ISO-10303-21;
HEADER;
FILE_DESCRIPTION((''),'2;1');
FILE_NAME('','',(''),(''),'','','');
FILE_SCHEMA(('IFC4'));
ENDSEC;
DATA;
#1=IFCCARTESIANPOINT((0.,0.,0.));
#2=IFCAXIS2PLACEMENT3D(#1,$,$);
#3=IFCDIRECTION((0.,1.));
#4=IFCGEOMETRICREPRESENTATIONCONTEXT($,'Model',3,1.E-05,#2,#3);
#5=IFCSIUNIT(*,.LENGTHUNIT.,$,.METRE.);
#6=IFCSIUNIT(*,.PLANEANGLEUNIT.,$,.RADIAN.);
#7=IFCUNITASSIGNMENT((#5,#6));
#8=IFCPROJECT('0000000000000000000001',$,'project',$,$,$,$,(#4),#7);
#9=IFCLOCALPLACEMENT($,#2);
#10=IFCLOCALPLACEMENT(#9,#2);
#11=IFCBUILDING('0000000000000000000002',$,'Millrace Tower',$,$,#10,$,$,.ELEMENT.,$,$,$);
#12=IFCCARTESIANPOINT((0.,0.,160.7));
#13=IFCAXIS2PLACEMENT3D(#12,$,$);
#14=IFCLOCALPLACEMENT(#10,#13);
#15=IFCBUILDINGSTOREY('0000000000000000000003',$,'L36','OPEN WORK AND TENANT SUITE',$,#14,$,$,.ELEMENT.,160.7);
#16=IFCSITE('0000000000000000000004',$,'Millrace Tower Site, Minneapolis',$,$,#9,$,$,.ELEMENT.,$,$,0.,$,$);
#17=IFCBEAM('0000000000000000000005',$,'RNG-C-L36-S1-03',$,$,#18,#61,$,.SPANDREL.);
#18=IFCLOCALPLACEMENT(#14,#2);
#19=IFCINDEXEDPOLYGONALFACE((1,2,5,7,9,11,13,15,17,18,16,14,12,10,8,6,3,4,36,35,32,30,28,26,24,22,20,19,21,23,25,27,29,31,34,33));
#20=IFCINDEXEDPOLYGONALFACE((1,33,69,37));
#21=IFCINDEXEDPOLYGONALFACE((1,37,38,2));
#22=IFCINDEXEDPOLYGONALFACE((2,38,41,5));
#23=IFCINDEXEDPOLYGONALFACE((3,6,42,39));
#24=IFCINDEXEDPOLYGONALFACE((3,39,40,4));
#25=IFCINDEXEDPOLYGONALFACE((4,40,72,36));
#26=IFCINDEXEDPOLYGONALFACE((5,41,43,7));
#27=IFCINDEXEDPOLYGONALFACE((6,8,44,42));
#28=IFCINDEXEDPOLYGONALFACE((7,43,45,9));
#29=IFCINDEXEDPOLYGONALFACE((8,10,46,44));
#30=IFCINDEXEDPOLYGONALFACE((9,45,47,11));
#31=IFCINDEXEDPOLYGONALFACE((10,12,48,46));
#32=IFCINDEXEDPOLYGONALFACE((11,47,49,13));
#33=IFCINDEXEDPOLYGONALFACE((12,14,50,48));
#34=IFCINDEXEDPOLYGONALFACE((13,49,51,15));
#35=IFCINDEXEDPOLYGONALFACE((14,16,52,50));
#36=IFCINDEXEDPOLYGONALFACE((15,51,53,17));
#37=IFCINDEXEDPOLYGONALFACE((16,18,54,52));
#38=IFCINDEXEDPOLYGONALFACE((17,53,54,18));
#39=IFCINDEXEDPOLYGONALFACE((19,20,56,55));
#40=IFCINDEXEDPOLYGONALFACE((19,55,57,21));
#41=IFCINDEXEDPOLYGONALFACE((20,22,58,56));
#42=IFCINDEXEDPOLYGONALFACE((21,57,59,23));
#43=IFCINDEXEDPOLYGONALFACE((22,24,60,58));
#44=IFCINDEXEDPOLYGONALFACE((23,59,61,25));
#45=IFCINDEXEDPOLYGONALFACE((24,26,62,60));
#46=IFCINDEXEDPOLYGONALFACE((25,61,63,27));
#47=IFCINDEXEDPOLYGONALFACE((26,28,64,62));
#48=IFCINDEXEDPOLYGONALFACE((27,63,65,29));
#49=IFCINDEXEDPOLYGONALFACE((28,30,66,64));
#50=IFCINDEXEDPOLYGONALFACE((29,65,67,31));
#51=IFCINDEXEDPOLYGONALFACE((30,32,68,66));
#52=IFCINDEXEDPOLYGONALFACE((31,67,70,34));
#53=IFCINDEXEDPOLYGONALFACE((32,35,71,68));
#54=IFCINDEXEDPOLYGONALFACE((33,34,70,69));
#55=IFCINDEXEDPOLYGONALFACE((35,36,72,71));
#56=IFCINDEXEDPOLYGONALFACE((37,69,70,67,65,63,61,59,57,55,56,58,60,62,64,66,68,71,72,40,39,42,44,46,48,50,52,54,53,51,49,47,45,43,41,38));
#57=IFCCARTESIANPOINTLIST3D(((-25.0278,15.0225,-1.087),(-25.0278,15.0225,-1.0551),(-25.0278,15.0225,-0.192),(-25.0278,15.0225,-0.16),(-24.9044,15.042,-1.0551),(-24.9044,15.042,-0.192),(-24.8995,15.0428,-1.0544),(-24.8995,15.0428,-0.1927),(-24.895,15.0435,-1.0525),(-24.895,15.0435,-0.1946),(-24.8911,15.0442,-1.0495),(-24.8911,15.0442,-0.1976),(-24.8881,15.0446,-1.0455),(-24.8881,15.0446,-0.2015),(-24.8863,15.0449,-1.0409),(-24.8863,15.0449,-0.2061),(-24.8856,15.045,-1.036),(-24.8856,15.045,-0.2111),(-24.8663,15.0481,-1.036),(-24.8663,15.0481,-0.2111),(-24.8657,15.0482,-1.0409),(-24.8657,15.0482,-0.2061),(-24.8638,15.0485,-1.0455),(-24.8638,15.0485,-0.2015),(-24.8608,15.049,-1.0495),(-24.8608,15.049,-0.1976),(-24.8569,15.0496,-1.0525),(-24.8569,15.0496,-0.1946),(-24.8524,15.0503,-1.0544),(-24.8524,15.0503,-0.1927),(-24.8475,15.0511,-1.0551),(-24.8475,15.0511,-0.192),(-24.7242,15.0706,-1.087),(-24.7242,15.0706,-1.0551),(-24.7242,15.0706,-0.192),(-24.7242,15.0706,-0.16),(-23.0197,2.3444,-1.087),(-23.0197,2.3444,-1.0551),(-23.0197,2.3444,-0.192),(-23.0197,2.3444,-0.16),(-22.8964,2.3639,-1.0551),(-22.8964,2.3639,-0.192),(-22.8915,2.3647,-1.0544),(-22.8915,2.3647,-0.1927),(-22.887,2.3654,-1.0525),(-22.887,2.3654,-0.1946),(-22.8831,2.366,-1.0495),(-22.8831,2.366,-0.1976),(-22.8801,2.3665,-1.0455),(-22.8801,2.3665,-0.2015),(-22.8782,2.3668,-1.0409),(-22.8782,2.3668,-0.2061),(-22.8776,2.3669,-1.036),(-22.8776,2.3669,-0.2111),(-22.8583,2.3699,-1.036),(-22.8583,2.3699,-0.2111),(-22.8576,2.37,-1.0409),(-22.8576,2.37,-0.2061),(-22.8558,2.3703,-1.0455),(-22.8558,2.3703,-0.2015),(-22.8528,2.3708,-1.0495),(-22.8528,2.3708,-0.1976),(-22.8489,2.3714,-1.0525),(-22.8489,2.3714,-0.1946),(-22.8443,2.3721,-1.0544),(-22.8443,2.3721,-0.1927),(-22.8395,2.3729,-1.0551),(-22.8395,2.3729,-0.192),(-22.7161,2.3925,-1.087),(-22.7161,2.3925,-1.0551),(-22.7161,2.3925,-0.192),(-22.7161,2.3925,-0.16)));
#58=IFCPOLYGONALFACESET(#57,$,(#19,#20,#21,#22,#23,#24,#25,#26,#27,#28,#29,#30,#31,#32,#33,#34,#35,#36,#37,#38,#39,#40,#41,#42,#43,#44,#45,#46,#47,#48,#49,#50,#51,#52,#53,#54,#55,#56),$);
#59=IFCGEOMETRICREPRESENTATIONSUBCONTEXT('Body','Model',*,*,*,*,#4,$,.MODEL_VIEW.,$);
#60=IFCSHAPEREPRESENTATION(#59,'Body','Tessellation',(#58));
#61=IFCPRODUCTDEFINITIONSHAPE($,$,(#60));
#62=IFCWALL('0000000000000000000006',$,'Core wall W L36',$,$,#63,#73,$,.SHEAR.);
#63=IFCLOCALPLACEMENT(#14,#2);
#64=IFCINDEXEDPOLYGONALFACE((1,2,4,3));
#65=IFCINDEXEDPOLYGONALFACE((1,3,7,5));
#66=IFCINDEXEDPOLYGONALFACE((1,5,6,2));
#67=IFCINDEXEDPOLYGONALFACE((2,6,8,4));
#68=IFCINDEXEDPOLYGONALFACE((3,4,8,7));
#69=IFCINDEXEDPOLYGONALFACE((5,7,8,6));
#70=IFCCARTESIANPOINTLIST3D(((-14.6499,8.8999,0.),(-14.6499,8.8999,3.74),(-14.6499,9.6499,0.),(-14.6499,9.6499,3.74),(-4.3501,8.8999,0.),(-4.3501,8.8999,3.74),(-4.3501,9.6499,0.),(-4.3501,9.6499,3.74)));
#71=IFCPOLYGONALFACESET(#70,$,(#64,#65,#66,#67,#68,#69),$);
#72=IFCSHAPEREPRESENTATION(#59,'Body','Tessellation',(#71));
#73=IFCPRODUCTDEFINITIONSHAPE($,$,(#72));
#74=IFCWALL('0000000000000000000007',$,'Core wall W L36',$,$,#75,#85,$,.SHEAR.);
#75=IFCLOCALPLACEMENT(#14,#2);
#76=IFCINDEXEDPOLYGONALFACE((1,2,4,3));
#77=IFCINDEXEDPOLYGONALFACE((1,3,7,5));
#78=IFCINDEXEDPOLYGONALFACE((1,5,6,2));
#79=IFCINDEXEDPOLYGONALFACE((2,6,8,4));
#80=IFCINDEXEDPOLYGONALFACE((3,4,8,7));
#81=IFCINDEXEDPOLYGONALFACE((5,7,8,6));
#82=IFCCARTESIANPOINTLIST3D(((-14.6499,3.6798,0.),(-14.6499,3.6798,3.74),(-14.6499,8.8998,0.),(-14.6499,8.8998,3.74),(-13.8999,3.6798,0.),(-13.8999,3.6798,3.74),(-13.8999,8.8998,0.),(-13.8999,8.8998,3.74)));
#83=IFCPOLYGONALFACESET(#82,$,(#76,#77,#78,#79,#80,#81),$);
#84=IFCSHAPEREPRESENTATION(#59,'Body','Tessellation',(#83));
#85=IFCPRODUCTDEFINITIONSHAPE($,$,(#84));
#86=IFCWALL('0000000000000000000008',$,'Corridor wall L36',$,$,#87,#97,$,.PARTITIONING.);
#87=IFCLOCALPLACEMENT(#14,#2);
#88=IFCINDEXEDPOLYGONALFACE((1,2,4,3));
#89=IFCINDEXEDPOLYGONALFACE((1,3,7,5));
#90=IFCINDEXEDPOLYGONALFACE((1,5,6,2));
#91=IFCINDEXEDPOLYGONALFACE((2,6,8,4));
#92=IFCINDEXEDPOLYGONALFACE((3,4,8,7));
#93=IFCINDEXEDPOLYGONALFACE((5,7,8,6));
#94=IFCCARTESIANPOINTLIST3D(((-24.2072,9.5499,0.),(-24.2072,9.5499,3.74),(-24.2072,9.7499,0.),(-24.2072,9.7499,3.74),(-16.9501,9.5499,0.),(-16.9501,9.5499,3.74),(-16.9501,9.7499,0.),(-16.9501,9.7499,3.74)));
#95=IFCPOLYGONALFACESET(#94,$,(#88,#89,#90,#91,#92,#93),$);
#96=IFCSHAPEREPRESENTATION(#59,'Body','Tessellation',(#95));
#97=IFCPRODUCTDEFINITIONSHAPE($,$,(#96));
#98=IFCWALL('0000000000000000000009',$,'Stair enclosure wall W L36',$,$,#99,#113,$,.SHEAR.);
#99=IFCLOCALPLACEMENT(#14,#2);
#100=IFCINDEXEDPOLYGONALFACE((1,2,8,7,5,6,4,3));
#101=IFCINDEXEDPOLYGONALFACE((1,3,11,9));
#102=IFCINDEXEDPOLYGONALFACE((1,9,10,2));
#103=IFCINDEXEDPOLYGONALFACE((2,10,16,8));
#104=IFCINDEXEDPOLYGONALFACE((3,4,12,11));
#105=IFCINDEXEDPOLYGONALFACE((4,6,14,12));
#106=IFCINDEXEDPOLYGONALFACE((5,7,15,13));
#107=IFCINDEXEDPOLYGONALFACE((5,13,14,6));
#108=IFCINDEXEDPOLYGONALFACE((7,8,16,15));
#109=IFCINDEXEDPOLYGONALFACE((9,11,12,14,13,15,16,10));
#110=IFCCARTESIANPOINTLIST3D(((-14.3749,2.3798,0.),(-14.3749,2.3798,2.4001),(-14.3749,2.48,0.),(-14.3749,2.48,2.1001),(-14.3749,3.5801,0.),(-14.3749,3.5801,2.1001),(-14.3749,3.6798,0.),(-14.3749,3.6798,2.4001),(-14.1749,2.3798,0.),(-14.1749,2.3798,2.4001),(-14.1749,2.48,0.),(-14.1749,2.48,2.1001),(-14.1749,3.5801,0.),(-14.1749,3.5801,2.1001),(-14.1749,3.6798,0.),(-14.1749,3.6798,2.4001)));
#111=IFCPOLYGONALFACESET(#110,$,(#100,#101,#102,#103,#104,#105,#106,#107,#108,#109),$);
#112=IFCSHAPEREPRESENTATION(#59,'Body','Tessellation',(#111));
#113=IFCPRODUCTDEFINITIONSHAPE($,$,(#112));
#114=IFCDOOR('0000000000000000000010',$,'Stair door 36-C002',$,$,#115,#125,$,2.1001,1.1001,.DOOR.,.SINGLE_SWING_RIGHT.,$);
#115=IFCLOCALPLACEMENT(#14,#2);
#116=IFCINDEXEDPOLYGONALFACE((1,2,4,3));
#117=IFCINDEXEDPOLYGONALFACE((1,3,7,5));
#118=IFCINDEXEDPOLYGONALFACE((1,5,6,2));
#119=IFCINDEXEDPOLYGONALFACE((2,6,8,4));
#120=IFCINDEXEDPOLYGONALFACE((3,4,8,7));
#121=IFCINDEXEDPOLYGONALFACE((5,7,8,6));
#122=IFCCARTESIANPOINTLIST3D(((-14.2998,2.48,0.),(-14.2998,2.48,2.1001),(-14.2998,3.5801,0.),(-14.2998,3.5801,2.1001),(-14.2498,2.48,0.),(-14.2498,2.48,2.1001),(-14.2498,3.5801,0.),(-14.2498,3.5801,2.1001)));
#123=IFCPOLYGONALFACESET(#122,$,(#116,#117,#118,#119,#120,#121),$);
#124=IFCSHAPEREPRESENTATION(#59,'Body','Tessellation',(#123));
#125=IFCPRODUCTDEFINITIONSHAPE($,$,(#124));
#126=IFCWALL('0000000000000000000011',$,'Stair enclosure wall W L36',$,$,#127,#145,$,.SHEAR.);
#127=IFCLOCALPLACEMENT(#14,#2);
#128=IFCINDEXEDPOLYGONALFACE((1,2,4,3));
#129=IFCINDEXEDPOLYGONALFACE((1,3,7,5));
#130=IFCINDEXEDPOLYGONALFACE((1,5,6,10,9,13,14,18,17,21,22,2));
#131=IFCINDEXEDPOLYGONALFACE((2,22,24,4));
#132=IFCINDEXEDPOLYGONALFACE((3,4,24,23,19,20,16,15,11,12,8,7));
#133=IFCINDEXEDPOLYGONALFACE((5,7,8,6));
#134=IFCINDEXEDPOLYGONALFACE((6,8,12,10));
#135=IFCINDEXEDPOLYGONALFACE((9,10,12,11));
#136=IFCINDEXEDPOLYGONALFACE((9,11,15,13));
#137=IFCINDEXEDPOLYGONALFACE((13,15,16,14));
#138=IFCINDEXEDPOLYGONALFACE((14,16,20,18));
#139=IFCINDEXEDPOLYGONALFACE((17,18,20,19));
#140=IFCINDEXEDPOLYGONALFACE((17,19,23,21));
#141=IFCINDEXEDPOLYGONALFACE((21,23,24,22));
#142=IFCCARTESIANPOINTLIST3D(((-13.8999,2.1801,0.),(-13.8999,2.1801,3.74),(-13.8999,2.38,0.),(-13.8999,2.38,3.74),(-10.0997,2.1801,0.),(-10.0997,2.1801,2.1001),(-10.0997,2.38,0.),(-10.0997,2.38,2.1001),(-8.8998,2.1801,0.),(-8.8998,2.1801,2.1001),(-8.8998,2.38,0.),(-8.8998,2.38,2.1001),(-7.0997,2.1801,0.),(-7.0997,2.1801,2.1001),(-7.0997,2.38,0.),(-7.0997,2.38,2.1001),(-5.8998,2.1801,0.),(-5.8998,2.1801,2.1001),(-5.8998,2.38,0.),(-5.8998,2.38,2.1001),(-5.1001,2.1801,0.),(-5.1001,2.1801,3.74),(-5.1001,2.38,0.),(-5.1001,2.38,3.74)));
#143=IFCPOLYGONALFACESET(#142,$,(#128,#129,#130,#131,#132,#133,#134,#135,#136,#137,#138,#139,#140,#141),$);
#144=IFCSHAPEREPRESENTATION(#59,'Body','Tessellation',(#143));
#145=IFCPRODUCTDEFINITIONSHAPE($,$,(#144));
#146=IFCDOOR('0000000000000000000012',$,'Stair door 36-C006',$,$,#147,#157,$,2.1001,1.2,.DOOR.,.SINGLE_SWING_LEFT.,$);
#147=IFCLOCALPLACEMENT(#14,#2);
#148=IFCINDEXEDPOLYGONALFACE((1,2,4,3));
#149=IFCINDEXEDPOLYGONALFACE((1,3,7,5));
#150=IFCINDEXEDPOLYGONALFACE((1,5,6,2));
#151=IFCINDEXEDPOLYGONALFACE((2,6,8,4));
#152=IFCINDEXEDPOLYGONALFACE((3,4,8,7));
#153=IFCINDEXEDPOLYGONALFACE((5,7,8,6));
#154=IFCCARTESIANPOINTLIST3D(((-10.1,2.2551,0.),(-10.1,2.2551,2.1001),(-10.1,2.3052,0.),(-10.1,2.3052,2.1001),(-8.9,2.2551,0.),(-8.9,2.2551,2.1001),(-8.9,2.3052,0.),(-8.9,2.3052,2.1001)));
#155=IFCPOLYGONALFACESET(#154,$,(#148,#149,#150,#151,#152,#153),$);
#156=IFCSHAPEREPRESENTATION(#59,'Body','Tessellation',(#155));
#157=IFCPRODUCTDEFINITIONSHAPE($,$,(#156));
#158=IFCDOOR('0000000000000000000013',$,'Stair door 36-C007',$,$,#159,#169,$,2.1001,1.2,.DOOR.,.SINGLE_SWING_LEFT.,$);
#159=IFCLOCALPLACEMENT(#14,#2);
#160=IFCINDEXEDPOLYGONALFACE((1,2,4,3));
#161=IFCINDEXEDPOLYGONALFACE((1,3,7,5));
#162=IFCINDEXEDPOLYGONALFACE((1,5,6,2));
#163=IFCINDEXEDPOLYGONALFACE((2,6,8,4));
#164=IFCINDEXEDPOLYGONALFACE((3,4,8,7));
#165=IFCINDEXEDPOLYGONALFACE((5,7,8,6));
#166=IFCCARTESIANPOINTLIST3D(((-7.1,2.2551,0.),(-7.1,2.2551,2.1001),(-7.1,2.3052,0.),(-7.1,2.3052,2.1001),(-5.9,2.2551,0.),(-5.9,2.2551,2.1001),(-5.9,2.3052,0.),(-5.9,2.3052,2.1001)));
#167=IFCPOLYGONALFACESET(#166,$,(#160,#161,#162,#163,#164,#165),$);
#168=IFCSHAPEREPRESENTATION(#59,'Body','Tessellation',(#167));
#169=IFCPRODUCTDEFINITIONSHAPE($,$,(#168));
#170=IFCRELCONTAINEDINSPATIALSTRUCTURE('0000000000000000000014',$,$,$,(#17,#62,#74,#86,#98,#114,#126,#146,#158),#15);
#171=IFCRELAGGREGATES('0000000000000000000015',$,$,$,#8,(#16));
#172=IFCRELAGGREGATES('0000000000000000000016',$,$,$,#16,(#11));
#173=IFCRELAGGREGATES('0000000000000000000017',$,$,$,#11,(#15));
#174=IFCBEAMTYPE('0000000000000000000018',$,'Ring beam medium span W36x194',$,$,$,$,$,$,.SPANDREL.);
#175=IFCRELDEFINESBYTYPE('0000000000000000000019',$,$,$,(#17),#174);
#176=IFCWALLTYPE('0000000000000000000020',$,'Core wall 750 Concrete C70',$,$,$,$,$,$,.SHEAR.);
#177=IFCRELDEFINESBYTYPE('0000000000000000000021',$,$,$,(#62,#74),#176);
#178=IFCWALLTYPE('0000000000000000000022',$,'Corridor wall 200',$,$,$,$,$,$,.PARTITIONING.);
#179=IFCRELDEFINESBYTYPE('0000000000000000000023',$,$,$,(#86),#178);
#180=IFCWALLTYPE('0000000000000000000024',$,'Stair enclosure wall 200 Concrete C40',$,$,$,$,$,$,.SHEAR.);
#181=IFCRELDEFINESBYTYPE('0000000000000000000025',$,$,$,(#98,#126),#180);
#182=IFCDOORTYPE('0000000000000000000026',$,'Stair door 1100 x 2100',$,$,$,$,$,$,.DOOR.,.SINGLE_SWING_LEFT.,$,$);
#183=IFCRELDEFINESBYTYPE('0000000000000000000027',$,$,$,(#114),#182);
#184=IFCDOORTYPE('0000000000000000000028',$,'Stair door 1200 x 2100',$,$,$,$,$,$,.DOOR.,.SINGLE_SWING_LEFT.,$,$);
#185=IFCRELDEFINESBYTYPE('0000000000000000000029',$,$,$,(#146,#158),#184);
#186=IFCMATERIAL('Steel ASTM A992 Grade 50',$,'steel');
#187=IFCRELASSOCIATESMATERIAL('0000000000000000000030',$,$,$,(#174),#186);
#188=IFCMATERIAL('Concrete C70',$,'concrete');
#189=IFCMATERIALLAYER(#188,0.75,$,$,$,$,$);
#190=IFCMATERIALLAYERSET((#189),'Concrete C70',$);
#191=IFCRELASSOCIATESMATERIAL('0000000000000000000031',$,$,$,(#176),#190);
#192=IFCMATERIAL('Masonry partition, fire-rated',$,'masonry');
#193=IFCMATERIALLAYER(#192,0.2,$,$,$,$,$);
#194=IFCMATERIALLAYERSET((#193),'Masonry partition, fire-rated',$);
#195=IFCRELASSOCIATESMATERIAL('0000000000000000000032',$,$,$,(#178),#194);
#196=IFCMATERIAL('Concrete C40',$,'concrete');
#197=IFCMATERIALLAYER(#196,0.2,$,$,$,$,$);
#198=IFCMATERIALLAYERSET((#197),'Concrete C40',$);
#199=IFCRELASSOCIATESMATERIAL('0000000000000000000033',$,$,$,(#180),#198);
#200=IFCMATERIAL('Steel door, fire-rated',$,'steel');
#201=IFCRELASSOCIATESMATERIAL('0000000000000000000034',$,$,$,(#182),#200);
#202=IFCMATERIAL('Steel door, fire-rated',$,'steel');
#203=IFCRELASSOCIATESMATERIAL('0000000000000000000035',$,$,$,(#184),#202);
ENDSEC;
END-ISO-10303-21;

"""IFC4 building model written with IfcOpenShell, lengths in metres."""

from ifc_helpers import new_model, si_unit, direction, frame, frame_2d, origin, origin_2d, place, context, subcontext, project, spatial, rectangle, i_section, extrude, material, layer, layer_set, material_profile, profile_set, type_object, element, fill, save


model = new_model("IFC4")

# Units and contexts
model_context = context("Model", 3, precision=1e-05, world=origin(), true_north=direction((0.0, 1.0)))
body_context = subcontext(model_context, "Body", "Model", "MODEL_VIEW")
ifc_project = project(units=[si_unit("LENGTHUNIT", "METRE"), si_unit("PLANEANGLEUNIT", "RADIAN")], contexts=[model_context])

# Site, building, storey
site_placement = place(None, origin())
site = spatial("IfcSite", under=ifc_project, at=site_placement, Name="Millrace Tower Site, Minneapolis", CompositionType="ELEMENT", RefElevation=0.0)
building_placement = place(site_placement, origin())
building = spatial("IfcBuilding", under=site, at=building_placement, Name="Millrace Tower", CompositionType="ELEMENT")
storey_placement = place(building_placement, frame((0.0, 0.0, 160.7)))
storey = spatial("IfcBuildingStorey", under=building, at=storey_placement, Name="L36", Description="OPEN WORK AND TENANT SUITE", CompositionType="ELEMENT", Elevation=160.7)

# Beam
ifc_material_1 = material(Name="Steel ASTM A992 Grade 50", Category="steel")
ifc_material_profile_1 = material_profile(ifc_material_1, i_section(OverallWidth=0.3074, OverallDepth=0.927, WebThickness=0.0195, FlangeThickness=0.032, FilletRadius=0.019, at=origin_2d()))
ifc_profile_set_1 = profile_set([ifc_material_profile_1], Name="Steel ASTM A992 Grade 50")
beam_type_1 = type_object("IfcBeamType", Name="Ring beam medium span W36x194", PredefinedType="SPANDREL", material=ifc_profile_set_1)
beam_1_placement = place(storey_placement, frame((-22.8679, 2.3684, -0.6235), z_axis=(-0.156436, 0.987688, 0.0), x_axis=(-0.987688, -0.156436, 0.0)))
element("IfcBeam", 1, at=beam_1_placement, inside=storey, type_object=beam_type_1, Name="RNG-C-L36-S1-03", PredefinedType="SPANDREL", context=body_context, shape_type="SweptSolid", body=[
    extrude(i_section(OverallWidth=0.3074, OverallDepth=0.927, WebThickness=0.0195, FlangeThickness=0.032, FilletRadius=0.019, at=origin_2d()), origin(), (0.0, 0.0, 1.0), 12.8362),
])

# Walls
ifc_material_2 = material(Name="Concrete C70", Category="concrete")
ifc_layer_1 = layer(ifc_material_2, 0.75)
ifc_layer_set_1 = layer_set([ifc_layer_1], Name="Concrete C70")
wall_type_1 = type_object("IfcWallType", Name="Core wall 750 Concrete C70", PredefinedType="SHEAR", material=ifc_layer_set_1)
wall_1_placement = place(storey_placement, frame((-14.6499, 9.2749, 0.0), z_axis=(0.0, 0.0, 1.0), x_axis=(1.0, 0.0, 0.0)))
element("IfcWall", 2, at=wall_1_placement, inside=storey, type_object=wall_type_1, Name="Core wall W L36", PredefinedType="SHEAR", context=body_context, shape_type="SweptSolid", body=[
    extrude(rectangle(XDim=10.2998, YDim=0.75, at=frame_2d((5.1499, 0.0))), origin(), (0.0, 0.0, 1.0), 3.74),
])
wall_2_placement = place(storey_placement, frame((-14.2749, 3.6799, 0.0), z_axis=(0.0, 0.0, 1.0), x_axis=(0.0, 1.0, 0.0)))
element("IfcWall", 3, at=wall_2_placement, inside=storey, type_object=wall_type_1, Name="Core wall W L36", PredefinedType="SHEAR", context=body_context, shape_type="SweptSolid", body=[
    extrude(rectangle(XDim=5.22, YDim=0.75, at=frame_2d((2.6099, 0.0))), origin(), (0.0, 0.0, 1.0), 3.74),
])
ifc_material_3 = material(Name="Masonry partition, fire-rated", Category="masonry")
ifc_layer_2 = layer(ifc_material_3, 0.2)
ifc_layer_set_2 = layer_set([ifc_layer_2], Name="Masonry partition, fire-rated")
wall_type_2 = type_object("IfcWallType", Name="Corridor wall 200", PredefinedType="PARTITIONING", material=ifc_layer_set_2)
wall_3_placement = place(storey_placement, frame((-24.207, 9.6499, 0.0), z_axis=(0.0, 0.0, 1.0), x_axis=(1.0, 0.0, 0.0)))
element("IfcWall", 4, at=wall_3_placement, inside=storey, type_object=wall_type_2, Name="Corridor wall L36", PredefinedType="PARTITIONING", context=body_context, shape_type="SweptSolid", body=[
    extrude(rectangle(XDim=7.2571, YDim=0.2, at=frame_2d((3.6284, 0.0))), origin(), (0.0, 0.0, 1.0), 3.74),
])

# Wall, opening, door
ifc_material_4 = material(Name="Concrete C40", Category="concrete")
ifc_layer_3 = layer(ifc_material_4, 0.2)
ifc_layer_set_3 = layer_set([ifc_layer_3], Name="Concrete C40")
wall_type_3 = type_object("IfcWallType", Name="Stair enclosure wall 200 Concrete C40", PredefinedType="SHEAR", material=ifc_layer_set_3)
wall_4_placement = place(storey_placement, frame((-14.2749, 2.3799, 0.0), z_axis=(0.0, 0.0, 1.0), x_axis=(0.0, 1.0, 0.0)))
wall_4 = element("IfcWall", 5, at=wall_4_placement, inside=storey, type_object=wall_type_3, Name="Stair enclosure wall W L36", PredefinedType="SHEAR", context=body_context, shape_type="SweptSolid", body=[
    extrude(rectangle(XDim=1.3, YDim=0.2, at=frame_2d((0.6499, 0.0))), origin(), (0.0, 0.0, 1.0), 2.4001),
])
opening_1_placement = place(wall_4_placement, frame((0.1001, 0.0, 0.0)))
opening_1 = element("IfcOpeningElement", 6, at=opening_1_placement, cuts=wall_4, PredefinedType="OPENING", context=body_context, shape_type="SweptSolid", body=[
    extrude(rectangle(XDim=1.1001, YDim=2.1001, at=frame_2d((0.55, 1.05))), frame((0.0, 0.1099, 0.0), z_axis=(0.0, -1.0, 0.0), x_axis=(1.0, 0.0, 0.0)), (0.0, 0.0, 1.0), 0.22),
])
ifc_material_5 = material(Name="Steel door, fire-rated", Category="steel")
door_type_1 = type_object("IfcDoorType", Name="Stair door 1100 x 2100", OperationType="SINGLE_SWING_LEFT", PredefinedType="DOOR", material=ifc_material_5)
door_1_placement = place(opening_1_placement, origin())
door_1 = element("IfcDoor", 7, at=door_1_placement, inside=storey, type_object=door_type_1, Name="Stair door 36-C002", OperationType="SINGLE_SWING_RIGHT", OverallHeight=2.1001, OverallWidth=1.1001, PredefinedType="DOOR", context=body_context, shape_type="SweptSolid", body=[
    extrude(rectangle(XDim=1.1001, YDim=2.1001, at=frame_2d((0.55, 1.05))), frame((0.0, 0.0249, 0.0), z_axis=(0.0, -1.0, 0.0), x_axis=(1.0, 0.0, 0.0)), (0.0, 0.0, 1.0), 0.05),
])
fill(opening_1, door_1)

# Wall, openings, doors
wall_5_placement = place(storey_placement, frame((-13.8999, 2.28, 0.0), z_axis=(0.0, 0.0, 1.0), x_axis=(1.0, 0.0, 0.0)))
wall_5 = element("IfcWall", 8, at=wall_5_placement, inside=storey, type_object=wall_type_3, Name="Stair enclosure wall W L36", PredefinedType="SHEAR", context=body_context, shape_type="SweptSolid", body=[
    extrude(rectangle(XDim=8.7998, YDim=0.2, at=frame_2d((4.3999, 0.0))), origin(), (0.0, 0.0, 1.0), 3.74),
])
opening_2_placement = place(wall_5_placement, frame((3.8, 0.0, 0.0)))
opening_2 = element("IfcOpeningElement", 9, at=opening_2_placement, cuts=wall_5, PredefinedType="OPENING", context=body_context, shape_type="SweptSolid", body=[
    extrude(rectangle(XDim=1.2, YDim=2.1001, at=frame_2d((0.6001, 1.05))), frame((0.0, 0.1099, 0.0), z_axis=(0.0, -1.0, 0.0), x_axis=(1.0, 0.0, 0.0)), (0.0, 0.0, 1.0), 0.22),
])
opening_3_placement = place(wall_5_placement, frame((6.8, 0.0, 0.0)))
opening_3 = element("IfcOpeningElement", 10, at=opening_3_placement, cuts=wall_5, PredefinedType="OPENING", context=body_context, shape_type="SweptSolid", body=[
    extrude(rectangle(XDim=1.2, YDim=2.1001, at=frame_2d((0.6001, 1.05))), frame((0.0, 0.1099, 0.0), z_axis=(0.0, -1.0, 0.0), x_axis=(1.0, 0.0, 0.0)), (0.0, 0.0, 1.0), 0.22),
])
ifc_material_6 = material(Name="Steel door, fire-rated", Category="steel")
door_type_2 = type_object("IfcDoorType", Name="Stair door 1200 x 2100", OperationType="SINGLE_SWING_LEFT", PredefinedType="DOOR", material=ifc_material_6)
door_2_placement = place(opening_2_placement, frame((1.2, 0.0, 0.0), z_axis=(0.0, 0.0, 1.0), x_axis=(-1.0, 0.0, 0.0)))
door_2 = element("IfcDoor", 11, at=door_2_placement, inside=storey, type_object=door_type_2, Name="Stair door 36-C006", OperationType="SINGLE_SWING_LEFT", OverallHeight=2.1001, OverallWidth=1.2, PredefinedType="DOOR", context=body_context, shape_type="SweptSolid", body=[
    extrude(rectangle(XDim=1.2, YDim=2.1001, at=frame_2d((0.6001, 1.05))), frame((0.0, 0.0249, 0.0), z_axis=(0.0, -1.0, 0.0), x_axis=(1.0, 0.0, 0.0)), (0.0, 0.0, 1.0), 0.05),
])
fill(opening_2, door_2)
door_3_placement = place(opening_3_placement, frame((1.2, 0.0, 0.0), z_axis=(0.0, 0.0, 1.0), x_axis=(-1.0, 0.0, 0.0)))
door_3 = element("IfcDoor", 12, at=door_3_placement, inside=storey, type_object=door_type_2, Name="Stair door 36-C007", OperationType="SINGLE_SWING_LEFT", OverallHeight=2.1001, OverallWidth=1.2, PredefinedType="DOOR", context=body_context, shape_type="SweptSolid", body=[
    extrude(rectangle(XDim=1.2, YDim=2.1001, at=frame_2d((0.6001, 1.05))), frame((0.0, 0.0249, 0.0), z_axis=(0.0, -1.0, 0.0), x_axis=(1.0, 0.0, 0.0)), (0.0, 0.0, 1.0), 0.05),
])
fill(opening_3, door_3)

save(model, "model.ifc")
